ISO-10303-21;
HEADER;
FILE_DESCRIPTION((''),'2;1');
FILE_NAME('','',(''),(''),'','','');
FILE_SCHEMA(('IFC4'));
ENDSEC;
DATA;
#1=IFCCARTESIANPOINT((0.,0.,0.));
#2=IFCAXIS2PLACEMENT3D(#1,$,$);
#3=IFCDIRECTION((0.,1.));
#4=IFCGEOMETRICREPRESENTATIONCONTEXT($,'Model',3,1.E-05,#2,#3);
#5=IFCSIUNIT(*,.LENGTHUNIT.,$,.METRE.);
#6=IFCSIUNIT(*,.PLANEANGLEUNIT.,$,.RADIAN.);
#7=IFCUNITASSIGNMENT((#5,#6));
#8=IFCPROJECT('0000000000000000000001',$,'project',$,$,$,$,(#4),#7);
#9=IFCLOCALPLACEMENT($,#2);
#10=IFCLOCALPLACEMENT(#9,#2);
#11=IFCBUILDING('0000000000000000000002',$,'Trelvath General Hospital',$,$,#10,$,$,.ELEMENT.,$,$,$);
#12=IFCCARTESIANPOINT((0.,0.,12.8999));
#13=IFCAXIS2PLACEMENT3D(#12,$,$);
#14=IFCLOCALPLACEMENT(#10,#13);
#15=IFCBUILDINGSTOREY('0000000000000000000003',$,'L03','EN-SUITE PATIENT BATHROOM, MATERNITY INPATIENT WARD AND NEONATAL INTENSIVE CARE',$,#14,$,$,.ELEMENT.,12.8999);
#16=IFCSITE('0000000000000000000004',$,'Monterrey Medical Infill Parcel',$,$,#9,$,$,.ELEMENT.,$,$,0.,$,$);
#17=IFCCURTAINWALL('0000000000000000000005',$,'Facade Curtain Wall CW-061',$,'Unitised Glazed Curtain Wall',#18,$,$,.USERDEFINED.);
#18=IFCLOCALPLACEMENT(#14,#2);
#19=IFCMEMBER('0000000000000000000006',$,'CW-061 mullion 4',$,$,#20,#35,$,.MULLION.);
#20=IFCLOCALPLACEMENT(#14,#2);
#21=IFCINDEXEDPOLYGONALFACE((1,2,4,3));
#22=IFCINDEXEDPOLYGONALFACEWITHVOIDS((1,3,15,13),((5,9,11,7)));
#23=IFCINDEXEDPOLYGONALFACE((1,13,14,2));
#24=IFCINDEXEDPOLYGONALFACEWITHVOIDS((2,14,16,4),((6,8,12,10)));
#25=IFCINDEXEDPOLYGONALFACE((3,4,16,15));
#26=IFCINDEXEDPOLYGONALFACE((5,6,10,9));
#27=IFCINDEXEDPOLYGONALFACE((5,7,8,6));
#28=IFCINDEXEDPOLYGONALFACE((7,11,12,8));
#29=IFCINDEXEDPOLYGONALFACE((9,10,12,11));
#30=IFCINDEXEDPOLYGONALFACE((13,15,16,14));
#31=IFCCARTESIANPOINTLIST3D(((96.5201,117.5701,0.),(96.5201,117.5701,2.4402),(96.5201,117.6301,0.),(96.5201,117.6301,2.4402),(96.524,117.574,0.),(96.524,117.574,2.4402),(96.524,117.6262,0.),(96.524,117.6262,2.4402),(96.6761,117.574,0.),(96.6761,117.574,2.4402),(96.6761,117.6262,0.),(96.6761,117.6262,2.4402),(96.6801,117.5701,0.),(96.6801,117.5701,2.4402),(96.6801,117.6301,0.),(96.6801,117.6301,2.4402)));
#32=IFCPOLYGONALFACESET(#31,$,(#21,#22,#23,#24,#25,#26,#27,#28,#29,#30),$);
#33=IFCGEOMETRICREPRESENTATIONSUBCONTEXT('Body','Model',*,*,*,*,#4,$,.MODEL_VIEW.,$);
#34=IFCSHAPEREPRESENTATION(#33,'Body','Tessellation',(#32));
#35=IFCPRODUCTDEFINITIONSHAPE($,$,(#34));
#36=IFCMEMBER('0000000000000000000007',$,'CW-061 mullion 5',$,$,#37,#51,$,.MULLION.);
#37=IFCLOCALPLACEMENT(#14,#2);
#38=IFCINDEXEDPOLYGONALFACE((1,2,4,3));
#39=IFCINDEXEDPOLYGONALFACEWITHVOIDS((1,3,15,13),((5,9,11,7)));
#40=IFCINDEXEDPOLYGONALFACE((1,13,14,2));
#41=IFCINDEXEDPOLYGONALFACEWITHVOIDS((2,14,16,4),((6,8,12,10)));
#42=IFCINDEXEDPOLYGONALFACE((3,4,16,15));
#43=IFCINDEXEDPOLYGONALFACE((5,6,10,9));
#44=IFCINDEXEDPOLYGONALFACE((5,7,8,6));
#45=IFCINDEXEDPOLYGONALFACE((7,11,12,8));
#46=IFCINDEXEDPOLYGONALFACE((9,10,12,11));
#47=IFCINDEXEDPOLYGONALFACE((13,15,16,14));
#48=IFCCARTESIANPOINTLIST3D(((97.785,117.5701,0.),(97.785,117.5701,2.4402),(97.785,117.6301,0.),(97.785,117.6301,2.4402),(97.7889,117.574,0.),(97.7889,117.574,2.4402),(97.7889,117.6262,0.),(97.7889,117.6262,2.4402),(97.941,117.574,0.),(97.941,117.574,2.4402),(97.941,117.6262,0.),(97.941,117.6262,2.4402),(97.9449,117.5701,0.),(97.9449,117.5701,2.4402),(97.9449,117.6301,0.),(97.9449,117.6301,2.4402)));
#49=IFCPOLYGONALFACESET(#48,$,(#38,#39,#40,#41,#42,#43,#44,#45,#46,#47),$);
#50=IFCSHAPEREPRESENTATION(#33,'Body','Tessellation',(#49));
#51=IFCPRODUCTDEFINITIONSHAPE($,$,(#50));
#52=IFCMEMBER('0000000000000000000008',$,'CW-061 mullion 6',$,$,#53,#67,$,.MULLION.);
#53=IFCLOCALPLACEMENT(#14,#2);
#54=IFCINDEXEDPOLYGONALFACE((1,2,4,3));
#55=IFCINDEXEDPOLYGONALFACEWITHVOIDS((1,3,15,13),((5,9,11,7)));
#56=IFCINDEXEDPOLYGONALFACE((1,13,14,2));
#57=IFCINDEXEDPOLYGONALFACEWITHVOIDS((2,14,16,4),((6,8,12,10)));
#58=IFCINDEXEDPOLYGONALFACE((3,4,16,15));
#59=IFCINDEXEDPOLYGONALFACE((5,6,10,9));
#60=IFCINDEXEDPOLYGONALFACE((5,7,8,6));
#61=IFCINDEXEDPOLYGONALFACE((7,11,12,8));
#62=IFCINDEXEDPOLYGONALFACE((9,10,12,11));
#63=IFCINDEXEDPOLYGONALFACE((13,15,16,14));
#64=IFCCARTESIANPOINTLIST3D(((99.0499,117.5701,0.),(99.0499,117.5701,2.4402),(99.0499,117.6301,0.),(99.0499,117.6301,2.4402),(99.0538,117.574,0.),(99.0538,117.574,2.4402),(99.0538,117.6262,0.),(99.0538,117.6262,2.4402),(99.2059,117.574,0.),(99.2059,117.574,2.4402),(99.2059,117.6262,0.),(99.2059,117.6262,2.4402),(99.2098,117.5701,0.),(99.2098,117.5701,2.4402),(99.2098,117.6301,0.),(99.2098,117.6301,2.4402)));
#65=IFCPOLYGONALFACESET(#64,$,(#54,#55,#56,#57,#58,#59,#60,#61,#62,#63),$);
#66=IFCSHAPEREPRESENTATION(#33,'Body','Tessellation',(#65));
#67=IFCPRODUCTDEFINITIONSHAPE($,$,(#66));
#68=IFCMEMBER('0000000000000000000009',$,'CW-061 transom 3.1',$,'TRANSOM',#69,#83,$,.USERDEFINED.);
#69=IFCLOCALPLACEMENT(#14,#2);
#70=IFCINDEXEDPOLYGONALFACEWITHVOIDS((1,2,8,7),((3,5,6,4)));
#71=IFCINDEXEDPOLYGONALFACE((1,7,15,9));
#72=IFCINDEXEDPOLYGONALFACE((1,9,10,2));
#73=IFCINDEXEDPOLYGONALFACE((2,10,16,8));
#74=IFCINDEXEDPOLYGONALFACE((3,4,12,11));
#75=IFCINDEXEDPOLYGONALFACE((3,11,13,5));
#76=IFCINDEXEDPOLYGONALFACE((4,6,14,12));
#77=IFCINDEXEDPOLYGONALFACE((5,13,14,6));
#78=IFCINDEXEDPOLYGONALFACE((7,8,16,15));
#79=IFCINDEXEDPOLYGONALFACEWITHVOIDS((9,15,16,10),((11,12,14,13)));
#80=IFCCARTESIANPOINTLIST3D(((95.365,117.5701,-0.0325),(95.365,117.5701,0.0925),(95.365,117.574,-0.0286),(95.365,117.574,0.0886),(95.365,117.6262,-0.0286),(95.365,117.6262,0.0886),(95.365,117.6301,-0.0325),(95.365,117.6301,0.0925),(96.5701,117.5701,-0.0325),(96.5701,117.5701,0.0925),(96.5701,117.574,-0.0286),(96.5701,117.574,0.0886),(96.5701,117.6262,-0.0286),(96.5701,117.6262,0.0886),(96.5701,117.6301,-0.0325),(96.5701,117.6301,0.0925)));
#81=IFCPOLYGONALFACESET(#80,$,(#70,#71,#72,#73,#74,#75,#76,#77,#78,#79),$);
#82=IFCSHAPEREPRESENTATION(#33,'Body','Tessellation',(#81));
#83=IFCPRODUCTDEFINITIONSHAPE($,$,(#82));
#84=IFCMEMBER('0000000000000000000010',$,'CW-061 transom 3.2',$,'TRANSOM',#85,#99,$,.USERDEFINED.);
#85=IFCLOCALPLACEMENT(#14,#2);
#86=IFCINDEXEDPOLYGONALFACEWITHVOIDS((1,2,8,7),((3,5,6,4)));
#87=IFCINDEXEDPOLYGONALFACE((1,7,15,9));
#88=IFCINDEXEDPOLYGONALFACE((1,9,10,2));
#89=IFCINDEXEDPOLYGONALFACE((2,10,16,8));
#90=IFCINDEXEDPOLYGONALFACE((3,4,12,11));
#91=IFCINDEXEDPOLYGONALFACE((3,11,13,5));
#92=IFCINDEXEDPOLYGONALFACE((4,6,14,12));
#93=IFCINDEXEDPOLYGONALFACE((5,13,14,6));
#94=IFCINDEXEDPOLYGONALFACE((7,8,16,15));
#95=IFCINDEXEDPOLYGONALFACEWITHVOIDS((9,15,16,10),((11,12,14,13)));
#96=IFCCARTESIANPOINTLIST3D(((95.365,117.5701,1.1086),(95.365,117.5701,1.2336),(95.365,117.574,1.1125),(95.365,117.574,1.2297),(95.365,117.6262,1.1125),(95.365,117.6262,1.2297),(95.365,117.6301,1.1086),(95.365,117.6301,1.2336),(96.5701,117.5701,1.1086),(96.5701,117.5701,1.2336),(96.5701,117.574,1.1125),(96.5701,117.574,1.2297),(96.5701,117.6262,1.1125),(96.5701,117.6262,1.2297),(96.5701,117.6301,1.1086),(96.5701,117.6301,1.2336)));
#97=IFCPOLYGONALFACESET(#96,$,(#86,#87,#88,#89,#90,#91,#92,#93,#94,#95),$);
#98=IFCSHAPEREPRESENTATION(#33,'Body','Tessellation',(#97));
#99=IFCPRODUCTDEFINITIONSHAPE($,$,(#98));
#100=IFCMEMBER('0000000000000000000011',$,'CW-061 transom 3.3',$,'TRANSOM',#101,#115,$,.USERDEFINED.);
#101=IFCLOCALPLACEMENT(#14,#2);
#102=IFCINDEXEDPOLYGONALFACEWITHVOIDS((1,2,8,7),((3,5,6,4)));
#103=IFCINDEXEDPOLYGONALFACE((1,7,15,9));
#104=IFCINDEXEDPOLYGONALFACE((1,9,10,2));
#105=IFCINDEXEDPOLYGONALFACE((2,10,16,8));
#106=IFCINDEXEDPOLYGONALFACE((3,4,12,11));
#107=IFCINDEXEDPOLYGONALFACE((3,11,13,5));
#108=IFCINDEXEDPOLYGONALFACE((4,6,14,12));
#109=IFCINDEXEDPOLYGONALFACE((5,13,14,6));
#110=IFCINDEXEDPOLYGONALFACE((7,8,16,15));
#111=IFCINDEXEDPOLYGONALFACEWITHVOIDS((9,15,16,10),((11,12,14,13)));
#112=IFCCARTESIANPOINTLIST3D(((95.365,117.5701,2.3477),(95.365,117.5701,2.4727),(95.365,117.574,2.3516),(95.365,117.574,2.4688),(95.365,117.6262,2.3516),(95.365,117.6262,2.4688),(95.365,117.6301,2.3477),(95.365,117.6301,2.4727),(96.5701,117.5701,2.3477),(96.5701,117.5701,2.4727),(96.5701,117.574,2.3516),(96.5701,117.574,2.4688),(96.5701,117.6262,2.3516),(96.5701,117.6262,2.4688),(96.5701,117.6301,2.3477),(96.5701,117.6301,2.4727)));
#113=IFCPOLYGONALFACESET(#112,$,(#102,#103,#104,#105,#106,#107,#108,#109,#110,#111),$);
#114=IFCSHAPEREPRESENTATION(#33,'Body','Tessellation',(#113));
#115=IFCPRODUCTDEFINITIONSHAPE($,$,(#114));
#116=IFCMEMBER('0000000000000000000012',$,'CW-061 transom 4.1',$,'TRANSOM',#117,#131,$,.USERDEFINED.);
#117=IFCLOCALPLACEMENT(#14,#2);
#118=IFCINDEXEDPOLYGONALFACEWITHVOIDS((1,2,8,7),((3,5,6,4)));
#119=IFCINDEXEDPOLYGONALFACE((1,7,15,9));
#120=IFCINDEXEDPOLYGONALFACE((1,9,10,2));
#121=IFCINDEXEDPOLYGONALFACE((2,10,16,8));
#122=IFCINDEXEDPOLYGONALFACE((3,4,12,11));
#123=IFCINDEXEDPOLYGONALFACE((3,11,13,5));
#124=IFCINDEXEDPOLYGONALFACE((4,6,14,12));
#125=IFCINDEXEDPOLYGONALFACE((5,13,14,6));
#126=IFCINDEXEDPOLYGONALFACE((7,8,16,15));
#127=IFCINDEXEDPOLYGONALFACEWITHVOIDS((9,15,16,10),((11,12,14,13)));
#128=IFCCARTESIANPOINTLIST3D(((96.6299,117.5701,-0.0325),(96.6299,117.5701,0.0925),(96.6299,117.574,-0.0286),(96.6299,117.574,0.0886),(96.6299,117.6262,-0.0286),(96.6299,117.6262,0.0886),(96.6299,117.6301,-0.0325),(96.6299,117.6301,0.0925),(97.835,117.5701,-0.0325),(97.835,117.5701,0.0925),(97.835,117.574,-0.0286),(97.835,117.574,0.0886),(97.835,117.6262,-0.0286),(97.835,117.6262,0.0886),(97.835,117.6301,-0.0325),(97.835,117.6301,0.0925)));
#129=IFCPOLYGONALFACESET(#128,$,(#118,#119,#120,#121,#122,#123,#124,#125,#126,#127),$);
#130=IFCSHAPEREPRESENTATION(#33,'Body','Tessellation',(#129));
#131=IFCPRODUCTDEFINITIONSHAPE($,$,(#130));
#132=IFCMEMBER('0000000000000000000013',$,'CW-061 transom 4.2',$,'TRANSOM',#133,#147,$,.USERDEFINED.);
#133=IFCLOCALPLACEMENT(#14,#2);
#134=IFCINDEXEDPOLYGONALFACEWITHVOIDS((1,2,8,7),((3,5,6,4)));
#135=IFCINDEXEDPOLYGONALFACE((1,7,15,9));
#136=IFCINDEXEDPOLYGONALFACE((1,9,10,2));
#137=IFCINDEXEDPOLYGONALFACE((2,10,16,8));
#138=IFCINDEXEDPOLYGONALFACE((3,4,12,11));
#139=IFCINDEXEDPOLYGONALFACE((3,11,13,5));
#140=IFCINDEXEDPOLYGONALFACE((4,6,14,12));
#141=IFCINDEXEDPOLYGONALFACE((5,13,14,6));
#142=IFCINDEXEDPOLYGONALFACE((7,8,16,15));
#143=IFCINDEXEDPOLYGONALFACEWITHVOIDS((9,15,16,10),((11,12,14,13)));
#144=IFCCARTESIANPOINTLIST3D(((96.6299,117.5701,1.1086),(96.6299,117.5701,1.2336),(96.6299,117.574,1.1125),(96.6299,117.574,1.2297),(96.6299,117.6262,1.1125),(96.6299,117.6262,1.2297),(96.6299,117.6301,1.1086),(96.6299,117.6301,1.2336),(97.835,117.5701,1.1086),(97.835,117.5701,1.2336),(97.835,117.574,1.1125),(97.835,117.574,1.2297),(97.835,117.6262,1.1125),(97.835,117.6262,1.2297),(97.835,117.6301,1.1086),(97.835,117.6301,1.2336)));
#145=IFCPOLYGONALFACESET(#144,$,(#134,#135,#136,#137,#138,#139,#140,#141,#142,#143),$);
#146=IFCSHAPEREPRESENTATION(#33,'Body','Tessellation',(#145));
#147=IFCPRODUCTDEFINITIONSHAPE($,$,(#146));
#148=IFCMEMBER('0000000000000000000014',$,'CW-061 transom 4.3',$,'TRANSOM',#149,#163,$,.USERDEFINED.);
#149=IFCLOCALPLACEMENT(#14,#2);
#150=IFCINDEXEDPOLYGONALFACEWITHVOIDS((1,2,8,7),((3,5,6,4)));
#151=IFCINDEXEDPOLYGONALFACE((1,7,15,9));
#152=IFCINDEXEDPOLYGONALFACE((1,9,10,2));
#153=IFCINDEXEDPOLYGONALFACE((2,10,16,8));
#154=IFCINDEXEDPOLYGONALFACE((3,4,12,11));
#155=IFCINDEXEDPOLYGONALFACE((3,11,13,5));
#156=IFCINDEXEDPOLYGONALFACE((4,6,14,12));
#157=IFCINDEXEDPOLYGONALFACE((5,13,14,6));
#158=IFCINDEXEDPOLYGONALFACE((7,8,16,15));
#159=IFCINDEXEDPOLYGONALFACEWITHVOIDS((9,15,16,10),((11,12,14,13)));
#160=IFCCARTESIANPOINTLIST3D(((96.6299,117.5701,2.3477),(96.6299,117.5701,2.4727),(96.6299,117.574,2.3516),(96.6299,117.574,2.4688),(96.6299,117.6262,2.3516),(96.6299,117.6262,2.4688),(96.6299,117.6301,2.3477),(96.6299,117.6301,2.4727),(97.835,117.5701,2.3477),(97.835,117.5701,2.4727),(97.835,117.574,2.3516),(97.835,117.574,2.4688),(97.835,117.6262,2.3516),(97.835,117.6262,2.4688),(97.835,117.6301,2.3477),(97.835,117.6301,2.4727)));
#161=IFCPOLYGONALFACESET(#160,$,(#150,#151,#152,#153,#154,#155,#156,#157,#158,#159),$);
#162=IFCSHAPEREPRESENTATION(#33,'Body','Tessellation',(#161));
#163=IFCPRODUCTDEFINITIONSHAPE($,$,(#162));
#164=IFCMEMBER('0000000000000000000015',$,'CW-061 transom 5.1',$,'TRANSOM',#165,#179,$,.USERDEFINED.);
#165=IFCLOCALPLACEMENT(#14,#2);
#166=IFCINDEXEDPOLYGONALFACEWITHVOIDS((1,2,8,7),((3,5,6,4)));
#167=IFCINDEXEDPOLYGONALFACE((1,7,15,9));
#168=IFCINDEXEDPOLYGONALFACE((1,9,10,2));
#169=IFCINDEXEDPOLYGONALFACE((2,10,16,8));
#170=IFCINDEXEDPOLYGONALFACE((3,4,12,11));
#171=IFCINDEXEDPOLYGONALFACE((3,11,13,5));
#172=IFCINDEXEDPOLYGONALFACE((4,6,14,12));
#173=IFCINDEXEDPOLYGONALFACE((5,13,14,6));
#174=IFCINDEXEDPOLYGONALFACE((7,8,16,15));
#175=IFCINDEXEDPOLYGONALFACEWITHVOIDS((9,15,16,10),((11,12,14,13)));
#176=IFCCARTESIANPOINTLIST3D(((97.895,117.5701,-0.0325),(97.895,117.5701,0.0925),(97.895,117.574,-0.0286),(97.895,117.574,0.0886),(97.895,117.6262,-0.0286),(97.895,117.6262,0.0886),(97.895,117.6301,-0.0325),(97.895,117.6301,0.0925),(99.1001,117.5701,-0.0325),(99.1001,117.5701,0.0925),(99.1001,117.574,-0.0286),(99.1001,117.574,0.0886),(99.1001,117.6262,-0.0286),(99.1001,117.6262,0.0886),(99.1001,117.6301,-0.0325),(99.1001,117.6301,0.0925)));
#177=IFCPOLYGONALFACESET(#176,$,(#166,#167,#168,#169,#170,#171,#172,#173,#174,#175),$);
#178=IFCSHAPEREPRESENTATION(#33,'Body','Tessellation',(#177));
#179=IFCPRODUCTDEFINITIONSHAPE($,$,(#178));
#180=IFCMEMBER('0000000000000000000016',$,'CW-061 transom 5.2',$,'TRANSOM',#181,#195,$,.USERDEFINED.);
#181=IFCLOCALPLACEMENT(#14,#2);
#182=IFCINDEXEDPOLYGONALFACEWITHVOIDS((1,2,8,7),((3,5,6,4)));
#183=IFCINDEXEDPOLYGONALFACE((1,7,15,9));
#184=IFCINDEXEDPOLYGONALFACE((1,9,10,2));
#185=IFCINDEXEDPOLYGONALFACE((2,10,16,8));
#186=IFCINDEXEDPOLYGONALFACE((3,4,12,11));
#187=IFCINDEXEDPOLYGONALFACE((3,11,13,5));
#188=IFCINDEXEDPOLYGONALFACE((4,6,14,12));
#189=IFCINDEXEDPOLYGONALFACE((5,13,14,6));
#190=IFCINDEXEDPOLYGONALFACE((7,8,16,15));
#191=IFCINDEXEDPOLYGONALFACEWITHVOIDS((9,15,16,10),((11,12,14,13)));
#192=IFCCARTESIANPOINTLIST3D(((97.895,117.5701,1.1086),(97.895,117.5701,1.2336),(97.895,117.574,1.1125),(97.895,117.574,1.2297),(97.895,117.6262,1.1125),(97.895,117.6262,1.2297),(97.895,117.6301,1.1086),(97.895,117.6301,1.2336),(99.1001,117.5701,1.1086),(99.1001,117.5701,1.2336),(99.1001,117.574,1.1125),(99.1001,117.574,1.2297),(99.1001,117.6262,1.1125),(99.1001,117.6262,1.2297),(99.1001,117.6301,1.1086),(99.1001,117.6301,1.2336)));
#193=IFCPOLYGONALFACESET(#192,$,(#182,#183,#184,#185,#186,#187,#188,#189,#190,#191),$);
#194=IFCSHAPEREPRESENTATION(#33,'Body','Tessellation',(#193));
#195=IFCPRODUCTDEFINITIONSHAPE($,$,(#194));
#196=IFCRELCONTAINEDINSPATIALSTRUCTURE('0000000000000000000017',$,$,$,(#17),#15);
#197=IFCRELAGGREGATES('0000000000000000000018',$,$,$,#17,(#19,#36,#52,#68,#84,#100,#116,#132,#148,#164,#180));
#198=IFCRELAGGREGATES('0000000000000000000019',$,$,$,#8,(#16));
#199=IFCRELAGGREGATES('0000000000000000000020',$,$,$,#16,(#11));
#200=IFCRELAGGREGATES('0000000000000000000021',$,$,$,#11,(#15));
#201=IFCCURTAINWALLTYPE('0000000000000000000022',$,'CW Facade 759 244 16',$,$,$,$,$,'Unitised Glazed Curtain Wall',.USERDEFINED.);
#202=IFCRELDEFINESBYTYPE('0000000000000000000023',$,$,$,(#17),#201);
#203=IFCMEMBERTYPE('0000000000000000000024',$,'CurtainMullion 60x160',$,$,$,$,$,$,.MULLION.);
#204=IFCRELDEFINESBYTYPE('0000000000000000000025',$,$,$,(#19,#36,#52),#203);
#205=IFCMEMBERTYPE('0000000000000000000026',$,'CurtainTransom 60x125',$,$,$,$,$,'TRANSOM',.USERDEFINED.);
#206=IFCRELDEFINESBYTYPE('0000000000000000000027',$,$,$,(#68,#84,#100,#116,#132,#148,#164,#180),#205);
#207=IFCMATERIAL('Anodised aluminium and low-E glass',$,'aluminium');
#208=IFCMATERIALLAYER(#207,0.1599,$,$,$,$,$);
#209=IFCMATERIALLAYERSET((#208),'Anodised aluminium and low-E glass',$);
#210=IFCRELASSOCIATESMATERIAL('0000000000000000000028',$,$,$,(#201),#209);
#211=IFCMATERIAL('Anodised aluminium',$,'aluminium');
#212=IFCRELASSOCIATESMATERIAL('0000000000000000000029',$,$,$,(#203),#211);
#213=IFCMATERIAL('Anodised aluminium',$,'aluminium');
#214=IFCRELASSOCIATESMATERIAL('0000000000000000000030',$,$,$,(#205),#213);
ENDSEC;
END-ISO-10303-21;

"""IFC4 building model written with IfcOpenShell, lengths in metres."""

from ifc_helpers import new_model, si_unit, direction, frame, origin, origin_2d, place, context, subcontext, project, spatial, hollow_rectangle, extrude, material, layer, layer_set, material_profile, profile_set, type_object, element, aggregate, save


model = new_model("IFC4")

# Units and contexts
model_context = context("Model", 3, precision=1e-05, world=origin(), true_north=direction((0.0, 1.0)))
body_context = subcontext(model_context, "Body", "Model", "MODEL_VIEW")
ifc_project = project(units=[si_unit("LENGTHUNIT", "METRE"), si_unit("PLANEANGLEUNIT", "RADIAN")], contexts=[model_context])

# Site, building, storey
site_placement = place(None, origin())
site = spatial("IfcSite", under=ifc_project, at=site_placement, Name="Monterrey Medical Infill Parcel", CompositionType="ELEMENT", RefElevation=0.0)
building_placement = place(site_placement, origin())
building = spatial("IfcBuilding", under=site, at=building_placement, Name="Trelvath General Hospital", CompositionType="ELEMENT")
storey_placement = place(building_placement, frame((0.0, 0.0, 12.8999)))
storey = spatial("IfcBuildingStorey", under=building, at=storey_placement, Name="L03", Description="EN-SUITE PATIENT BATHROOM, MATERNITY INPATIENT WARD AND NEONATAL INTENSIVE CARE", CompositionType="ELEMENT", Elevation=12.8999)

# Curtain wall, members
ifc_material_1 = material(Name="Anodised aluminium and low-E glass", Category="aluminium")
ifc_layer_1 = layer(ifc_material_1, 0.1599)
ifc_layer_set_1 = layer_set([ifc_layer_1], Name="Anodised aluminium and low-E glass")
curtain_wall_type = type_object("IfcCurtainWallType", Name="CW Facade 759 244 16", ElementType="Unitised Glazed Curtain Wall", PredefinedType="USERDEFINED", material=ifc_layer_set_1)
curtain_wall_placement = place(storey_placement, origin())
curtain_wall = element("IfcCurtainWall", 1, at=curtain_wall_placement, inside=storey, type_object=curtain_wall_type, Name="Facade Curtain Wall CW-061", ObjectType="Unitised Glazed Curtain Wall", PredefinedType="USERDEFINED")
ifc_material_2 = material(Name="Anodised aluminium", Category="aluminium")
ifc_material_profile_1 = material_profile(ifc_material_2, hollow_rectangle(XDim=0.0601, YDim=0.1599, WallThickness=0.0039, at=origin_2d()), Name="RHS60x160x4")
ifc_profile_set_1 = profile_set([ifc_material_profile_1], Name="Anodised aluminium")
member_type_1 = type_object("IfcMemberType", Name="CurtainMullion 60x160", PredefinedType="MULLION", material=ifc_profile_set_1)
member_1_placement = place(storey_placement, frame((96.6001, 117.6001, 0.0), z_axis=(0.0, 0.0, 1.0), x_axis=(0.0, 1.0, 0.0)))
member_1 = element("IfcMember", 2, at=member_1_placement, type_object=member_type_1, Name="CW-061 mullion 4", PredefinedType="MULLION", context=body_context, shape_type="SweptSolid", body=[
    extrude(hollow_rectangle(XDim=0.0601, YDim=0.1599, WallThickness=0.0039, at=origin_2d()), origin(), (0.0, 0.0, 1.0), 2.4402),
])
member_2_placement = place(storey_placement, frame((97.865, 117.6001, 0.0), z_axis=(0.0, 0.0, 1.0), x_axis=(0.0, 1.0, 0.0)))
member_2 = element("IfcMember", 3, at=member_2_placement, type_object=member_type_1, Name="CW-061 mullion 5", PredefinedType="MULLION", context=body_context, shape_type="SweptSolid", body=[
    extrude(hollow_rectangle(XDim=0.0601, YDim=0.1599, WallThickness=0.0039, at=origin_2d()), origin(), (0.0, 0.0, 1.0), 2.4402),
])
member_3_placement = place(storey_placement, frame((99.1299, 117.6001, 0.0), z_axis=(0.0, 0.0, 1.0), x_axis=(0.0, 1.0, 0.0)))
member_3 = element("IfcMember", 4, at=member_3_placement, type_object=member_type_1, Name="CW-061 mullion 6", PredefinedType="MULLION", context=body_context, shape_type="SweptSolid", body=[
    extrude(hollow_rectangle(XDim=0.0601, YDim=0.1599, WallThickness=0.0039, at=origin_2d()), origin(), (0.0, 0.0, 1.0), 2.4402),
])
ifc_material_3 = material(Name="Anodised aluminium", Category="aluminium")
ifc_material_profile_2 = material_profile(ifc_material_3, hollow_rectangle(XDim=0.0601, YDim=0.125, WallThickness=0.0039, at=origin_2d()), Name="RHS60x125x4")
ifc_profile_set_2 = profile_set([ifc_material_profile_2], Name="Anodised aluminium")
member_type_2 = type_object("IfcMemberType", Name="CurtainTransom 60x125", ElementType="TRANSOM", PredefinedType="USERDEFINED", material=ifc_profile_set_2)
member_4_placement = place(storey_placement, frame((95.365, 117.6001, 0.03), z_axis=(1.0, 0.0, 0.0), x_axis=(0.0, 1.0, 0.0)))
member_4 = element("IfcMember", 5, at=member_4_placement, type_object=member_type_2, Name="CW-061 transom 3.1", ObjectType="TRANSOM", PredefinedType="USERDEFINED", context=body_context, shape_type="SweptSolid", body=[
    extrude(hollow_rectangle(XDim=0.0601, YDim=0.125, WallThickness=0.0039, at=origin_2d()), origin(), (0.0, 0.0, 1.0), 1.2051),
])
member_5_placement = place(storey_placement, frame((95.365, 117.6001, 1.1711), z_axis=(1.0, 0.0, 0.0), x_axis=(0.0, 1.0, 0.0)))
member_5 = element("IfcMember", 6, at=member_5_placement, type_object=member_type_2, Name="CW-061 transom 3.2", ObjectType="TRANSOM", PredefinedType="USERDEFINED", context=body_context, shape_type="SweptSolid", body=[
    extrude(hollow_rectangle(XDim=0.0601, YDim=0.125, WallThickness=0.0039, at=origin_2d()), origin(), (0.0, 0.0, 1.0), 1.2051),
])
member_6_placement = place(storey_placement, frame((95.365, 117.6001, 2.4102), z_axis=(1.0, 0.0, 0.0), x_axis=(0.0, 1.0, 0.0)))
member_6 = element("IfcMember", 7, at=member_6_placement, type_object=member_type_2, Name="CW-061 transom 3.3", ObjectType="TRANSOM", PredefinedType="USERDEFINED", context=body_context, shape_type="SweptSolid", body=[
    extrude(hollow_rectangle(XDim=0.0601, YDim=0.125, WallThickness=0.0039, at=origin_2d()), origin(), (0.0, 0.0, 1.0), 1.2051),
])
member_7_placement = place(storey_placement, frame((96.6299, 117.6001, 0.03), z_axis=(1.0, 0.0, 0.0), x_axis=(0.0, 1.0, 0.0)))
member_7 = element("IfcMember", 8, at=member_7_placement, type_object=member_type_2, Name="CW-061 transom 4.1", ObjectType="TRANSOM", PredefinedType="USERDEFINED", context=body_context, shape_type="SweptSolid", body=[
    extrude(hollow_rectangle(XDim=0.0601, YDim=0.125, WallThickness=0.0039, at=origin_2d()), origin(), (0.0, 0.0, 1.0), 1.2051),
])
member_8_placement = place(storey_placement, frame((96.6299, 117.6001, 1.1711), z_axis=(1.0, 0.0, 0.0), x_axis=(0.0, 1.0, 0.0)))
member_8 = element("IfcMember", 9, at=member_8_placement, type_object=member_type_2, Name="CW-061 transom 4.2", ObjectType="TRANSOM", PredefinedType="USERDEFINED", context=body_context, shape_type="SweptSolid", body=[
    extrude(hollow_rectangle(XDim=0.0601, YDim=0.125, WallThickness=0.0039, at=origin_2d()), origin(), (0.0, 0.0, 1.0), 1.2051),
])
member_9_placement = place(storey_placement, frame((96.6299, 117.6001, 2.4102), z_axis=(1.0, 0.0, 0.0), x_axis=(0.0, 1.0, 0.0)))
member_9 = element("IfcMember", 10, at=member_9_placement, type_object=member_type_2, Name="CW-061 transom 4.3", ObjectType="TRANSOM", PredefinedType="USERDEFINED", context=body_context, shape_type="SweptSolid", body=[
    extrude(hollow_rectangle(XDim=0.0601, YDim=0.125, WallThickness=0.0039, at=origin_2d()), origin(), (0.0, 0.0, 1.0), 1.2051),
])
member_10_placement = place(storey_placement, frame((97.895, 117.6001, 0.03), z_axis=(1.0, 0.0, 0.0), x_axis=(0.0, 1.0, 0.0)))
member_10 = element("IfcMember", 11, at=member_10_placement, type_object=member_type_2, Name="CW-061 transom 5.1", ObjectType="TRANSOM", PredefinedType="USERDEFINED", context=body_context, shape_type="SweptSolid", body=[
    extrude(hollow_rectangle(XDim=0.0601, YDim=0.125, WallThickness=0.0039, at=origin_2d()), origin(), (0.0, 0.0, 1.0), 1.2051),
])
member_11_placement = place(storey_placement, frame((97.895, 117.6001, 1.1711), z_axis=(1.0, 0.0, 0.0), x_axis=(0.0, 1.0, 0.0)))
member_11 = element("IfcMember", 12, at=member_11_placement, type_object=member_type_2, Name="CW-061 transom 5.2", ObjectType="TRANSOM", PredefinedType="USERDEFINED", context=body_context, shape_type="SweptSolid", body=[
    extrude(hollow_rectangle(XDim=0.0601, YDim=0.125, WallThickness=0.0039, at=origin_2d()), origin(), (0.0, 0.0, 1.0), 1.2051),
])
aggregate(curtain_wall, [member_1, member_2, member_3, member_4, member_5, member_6, member_7, member_8, member_9, member_10, member_11])

save(model, "model.ifc")
